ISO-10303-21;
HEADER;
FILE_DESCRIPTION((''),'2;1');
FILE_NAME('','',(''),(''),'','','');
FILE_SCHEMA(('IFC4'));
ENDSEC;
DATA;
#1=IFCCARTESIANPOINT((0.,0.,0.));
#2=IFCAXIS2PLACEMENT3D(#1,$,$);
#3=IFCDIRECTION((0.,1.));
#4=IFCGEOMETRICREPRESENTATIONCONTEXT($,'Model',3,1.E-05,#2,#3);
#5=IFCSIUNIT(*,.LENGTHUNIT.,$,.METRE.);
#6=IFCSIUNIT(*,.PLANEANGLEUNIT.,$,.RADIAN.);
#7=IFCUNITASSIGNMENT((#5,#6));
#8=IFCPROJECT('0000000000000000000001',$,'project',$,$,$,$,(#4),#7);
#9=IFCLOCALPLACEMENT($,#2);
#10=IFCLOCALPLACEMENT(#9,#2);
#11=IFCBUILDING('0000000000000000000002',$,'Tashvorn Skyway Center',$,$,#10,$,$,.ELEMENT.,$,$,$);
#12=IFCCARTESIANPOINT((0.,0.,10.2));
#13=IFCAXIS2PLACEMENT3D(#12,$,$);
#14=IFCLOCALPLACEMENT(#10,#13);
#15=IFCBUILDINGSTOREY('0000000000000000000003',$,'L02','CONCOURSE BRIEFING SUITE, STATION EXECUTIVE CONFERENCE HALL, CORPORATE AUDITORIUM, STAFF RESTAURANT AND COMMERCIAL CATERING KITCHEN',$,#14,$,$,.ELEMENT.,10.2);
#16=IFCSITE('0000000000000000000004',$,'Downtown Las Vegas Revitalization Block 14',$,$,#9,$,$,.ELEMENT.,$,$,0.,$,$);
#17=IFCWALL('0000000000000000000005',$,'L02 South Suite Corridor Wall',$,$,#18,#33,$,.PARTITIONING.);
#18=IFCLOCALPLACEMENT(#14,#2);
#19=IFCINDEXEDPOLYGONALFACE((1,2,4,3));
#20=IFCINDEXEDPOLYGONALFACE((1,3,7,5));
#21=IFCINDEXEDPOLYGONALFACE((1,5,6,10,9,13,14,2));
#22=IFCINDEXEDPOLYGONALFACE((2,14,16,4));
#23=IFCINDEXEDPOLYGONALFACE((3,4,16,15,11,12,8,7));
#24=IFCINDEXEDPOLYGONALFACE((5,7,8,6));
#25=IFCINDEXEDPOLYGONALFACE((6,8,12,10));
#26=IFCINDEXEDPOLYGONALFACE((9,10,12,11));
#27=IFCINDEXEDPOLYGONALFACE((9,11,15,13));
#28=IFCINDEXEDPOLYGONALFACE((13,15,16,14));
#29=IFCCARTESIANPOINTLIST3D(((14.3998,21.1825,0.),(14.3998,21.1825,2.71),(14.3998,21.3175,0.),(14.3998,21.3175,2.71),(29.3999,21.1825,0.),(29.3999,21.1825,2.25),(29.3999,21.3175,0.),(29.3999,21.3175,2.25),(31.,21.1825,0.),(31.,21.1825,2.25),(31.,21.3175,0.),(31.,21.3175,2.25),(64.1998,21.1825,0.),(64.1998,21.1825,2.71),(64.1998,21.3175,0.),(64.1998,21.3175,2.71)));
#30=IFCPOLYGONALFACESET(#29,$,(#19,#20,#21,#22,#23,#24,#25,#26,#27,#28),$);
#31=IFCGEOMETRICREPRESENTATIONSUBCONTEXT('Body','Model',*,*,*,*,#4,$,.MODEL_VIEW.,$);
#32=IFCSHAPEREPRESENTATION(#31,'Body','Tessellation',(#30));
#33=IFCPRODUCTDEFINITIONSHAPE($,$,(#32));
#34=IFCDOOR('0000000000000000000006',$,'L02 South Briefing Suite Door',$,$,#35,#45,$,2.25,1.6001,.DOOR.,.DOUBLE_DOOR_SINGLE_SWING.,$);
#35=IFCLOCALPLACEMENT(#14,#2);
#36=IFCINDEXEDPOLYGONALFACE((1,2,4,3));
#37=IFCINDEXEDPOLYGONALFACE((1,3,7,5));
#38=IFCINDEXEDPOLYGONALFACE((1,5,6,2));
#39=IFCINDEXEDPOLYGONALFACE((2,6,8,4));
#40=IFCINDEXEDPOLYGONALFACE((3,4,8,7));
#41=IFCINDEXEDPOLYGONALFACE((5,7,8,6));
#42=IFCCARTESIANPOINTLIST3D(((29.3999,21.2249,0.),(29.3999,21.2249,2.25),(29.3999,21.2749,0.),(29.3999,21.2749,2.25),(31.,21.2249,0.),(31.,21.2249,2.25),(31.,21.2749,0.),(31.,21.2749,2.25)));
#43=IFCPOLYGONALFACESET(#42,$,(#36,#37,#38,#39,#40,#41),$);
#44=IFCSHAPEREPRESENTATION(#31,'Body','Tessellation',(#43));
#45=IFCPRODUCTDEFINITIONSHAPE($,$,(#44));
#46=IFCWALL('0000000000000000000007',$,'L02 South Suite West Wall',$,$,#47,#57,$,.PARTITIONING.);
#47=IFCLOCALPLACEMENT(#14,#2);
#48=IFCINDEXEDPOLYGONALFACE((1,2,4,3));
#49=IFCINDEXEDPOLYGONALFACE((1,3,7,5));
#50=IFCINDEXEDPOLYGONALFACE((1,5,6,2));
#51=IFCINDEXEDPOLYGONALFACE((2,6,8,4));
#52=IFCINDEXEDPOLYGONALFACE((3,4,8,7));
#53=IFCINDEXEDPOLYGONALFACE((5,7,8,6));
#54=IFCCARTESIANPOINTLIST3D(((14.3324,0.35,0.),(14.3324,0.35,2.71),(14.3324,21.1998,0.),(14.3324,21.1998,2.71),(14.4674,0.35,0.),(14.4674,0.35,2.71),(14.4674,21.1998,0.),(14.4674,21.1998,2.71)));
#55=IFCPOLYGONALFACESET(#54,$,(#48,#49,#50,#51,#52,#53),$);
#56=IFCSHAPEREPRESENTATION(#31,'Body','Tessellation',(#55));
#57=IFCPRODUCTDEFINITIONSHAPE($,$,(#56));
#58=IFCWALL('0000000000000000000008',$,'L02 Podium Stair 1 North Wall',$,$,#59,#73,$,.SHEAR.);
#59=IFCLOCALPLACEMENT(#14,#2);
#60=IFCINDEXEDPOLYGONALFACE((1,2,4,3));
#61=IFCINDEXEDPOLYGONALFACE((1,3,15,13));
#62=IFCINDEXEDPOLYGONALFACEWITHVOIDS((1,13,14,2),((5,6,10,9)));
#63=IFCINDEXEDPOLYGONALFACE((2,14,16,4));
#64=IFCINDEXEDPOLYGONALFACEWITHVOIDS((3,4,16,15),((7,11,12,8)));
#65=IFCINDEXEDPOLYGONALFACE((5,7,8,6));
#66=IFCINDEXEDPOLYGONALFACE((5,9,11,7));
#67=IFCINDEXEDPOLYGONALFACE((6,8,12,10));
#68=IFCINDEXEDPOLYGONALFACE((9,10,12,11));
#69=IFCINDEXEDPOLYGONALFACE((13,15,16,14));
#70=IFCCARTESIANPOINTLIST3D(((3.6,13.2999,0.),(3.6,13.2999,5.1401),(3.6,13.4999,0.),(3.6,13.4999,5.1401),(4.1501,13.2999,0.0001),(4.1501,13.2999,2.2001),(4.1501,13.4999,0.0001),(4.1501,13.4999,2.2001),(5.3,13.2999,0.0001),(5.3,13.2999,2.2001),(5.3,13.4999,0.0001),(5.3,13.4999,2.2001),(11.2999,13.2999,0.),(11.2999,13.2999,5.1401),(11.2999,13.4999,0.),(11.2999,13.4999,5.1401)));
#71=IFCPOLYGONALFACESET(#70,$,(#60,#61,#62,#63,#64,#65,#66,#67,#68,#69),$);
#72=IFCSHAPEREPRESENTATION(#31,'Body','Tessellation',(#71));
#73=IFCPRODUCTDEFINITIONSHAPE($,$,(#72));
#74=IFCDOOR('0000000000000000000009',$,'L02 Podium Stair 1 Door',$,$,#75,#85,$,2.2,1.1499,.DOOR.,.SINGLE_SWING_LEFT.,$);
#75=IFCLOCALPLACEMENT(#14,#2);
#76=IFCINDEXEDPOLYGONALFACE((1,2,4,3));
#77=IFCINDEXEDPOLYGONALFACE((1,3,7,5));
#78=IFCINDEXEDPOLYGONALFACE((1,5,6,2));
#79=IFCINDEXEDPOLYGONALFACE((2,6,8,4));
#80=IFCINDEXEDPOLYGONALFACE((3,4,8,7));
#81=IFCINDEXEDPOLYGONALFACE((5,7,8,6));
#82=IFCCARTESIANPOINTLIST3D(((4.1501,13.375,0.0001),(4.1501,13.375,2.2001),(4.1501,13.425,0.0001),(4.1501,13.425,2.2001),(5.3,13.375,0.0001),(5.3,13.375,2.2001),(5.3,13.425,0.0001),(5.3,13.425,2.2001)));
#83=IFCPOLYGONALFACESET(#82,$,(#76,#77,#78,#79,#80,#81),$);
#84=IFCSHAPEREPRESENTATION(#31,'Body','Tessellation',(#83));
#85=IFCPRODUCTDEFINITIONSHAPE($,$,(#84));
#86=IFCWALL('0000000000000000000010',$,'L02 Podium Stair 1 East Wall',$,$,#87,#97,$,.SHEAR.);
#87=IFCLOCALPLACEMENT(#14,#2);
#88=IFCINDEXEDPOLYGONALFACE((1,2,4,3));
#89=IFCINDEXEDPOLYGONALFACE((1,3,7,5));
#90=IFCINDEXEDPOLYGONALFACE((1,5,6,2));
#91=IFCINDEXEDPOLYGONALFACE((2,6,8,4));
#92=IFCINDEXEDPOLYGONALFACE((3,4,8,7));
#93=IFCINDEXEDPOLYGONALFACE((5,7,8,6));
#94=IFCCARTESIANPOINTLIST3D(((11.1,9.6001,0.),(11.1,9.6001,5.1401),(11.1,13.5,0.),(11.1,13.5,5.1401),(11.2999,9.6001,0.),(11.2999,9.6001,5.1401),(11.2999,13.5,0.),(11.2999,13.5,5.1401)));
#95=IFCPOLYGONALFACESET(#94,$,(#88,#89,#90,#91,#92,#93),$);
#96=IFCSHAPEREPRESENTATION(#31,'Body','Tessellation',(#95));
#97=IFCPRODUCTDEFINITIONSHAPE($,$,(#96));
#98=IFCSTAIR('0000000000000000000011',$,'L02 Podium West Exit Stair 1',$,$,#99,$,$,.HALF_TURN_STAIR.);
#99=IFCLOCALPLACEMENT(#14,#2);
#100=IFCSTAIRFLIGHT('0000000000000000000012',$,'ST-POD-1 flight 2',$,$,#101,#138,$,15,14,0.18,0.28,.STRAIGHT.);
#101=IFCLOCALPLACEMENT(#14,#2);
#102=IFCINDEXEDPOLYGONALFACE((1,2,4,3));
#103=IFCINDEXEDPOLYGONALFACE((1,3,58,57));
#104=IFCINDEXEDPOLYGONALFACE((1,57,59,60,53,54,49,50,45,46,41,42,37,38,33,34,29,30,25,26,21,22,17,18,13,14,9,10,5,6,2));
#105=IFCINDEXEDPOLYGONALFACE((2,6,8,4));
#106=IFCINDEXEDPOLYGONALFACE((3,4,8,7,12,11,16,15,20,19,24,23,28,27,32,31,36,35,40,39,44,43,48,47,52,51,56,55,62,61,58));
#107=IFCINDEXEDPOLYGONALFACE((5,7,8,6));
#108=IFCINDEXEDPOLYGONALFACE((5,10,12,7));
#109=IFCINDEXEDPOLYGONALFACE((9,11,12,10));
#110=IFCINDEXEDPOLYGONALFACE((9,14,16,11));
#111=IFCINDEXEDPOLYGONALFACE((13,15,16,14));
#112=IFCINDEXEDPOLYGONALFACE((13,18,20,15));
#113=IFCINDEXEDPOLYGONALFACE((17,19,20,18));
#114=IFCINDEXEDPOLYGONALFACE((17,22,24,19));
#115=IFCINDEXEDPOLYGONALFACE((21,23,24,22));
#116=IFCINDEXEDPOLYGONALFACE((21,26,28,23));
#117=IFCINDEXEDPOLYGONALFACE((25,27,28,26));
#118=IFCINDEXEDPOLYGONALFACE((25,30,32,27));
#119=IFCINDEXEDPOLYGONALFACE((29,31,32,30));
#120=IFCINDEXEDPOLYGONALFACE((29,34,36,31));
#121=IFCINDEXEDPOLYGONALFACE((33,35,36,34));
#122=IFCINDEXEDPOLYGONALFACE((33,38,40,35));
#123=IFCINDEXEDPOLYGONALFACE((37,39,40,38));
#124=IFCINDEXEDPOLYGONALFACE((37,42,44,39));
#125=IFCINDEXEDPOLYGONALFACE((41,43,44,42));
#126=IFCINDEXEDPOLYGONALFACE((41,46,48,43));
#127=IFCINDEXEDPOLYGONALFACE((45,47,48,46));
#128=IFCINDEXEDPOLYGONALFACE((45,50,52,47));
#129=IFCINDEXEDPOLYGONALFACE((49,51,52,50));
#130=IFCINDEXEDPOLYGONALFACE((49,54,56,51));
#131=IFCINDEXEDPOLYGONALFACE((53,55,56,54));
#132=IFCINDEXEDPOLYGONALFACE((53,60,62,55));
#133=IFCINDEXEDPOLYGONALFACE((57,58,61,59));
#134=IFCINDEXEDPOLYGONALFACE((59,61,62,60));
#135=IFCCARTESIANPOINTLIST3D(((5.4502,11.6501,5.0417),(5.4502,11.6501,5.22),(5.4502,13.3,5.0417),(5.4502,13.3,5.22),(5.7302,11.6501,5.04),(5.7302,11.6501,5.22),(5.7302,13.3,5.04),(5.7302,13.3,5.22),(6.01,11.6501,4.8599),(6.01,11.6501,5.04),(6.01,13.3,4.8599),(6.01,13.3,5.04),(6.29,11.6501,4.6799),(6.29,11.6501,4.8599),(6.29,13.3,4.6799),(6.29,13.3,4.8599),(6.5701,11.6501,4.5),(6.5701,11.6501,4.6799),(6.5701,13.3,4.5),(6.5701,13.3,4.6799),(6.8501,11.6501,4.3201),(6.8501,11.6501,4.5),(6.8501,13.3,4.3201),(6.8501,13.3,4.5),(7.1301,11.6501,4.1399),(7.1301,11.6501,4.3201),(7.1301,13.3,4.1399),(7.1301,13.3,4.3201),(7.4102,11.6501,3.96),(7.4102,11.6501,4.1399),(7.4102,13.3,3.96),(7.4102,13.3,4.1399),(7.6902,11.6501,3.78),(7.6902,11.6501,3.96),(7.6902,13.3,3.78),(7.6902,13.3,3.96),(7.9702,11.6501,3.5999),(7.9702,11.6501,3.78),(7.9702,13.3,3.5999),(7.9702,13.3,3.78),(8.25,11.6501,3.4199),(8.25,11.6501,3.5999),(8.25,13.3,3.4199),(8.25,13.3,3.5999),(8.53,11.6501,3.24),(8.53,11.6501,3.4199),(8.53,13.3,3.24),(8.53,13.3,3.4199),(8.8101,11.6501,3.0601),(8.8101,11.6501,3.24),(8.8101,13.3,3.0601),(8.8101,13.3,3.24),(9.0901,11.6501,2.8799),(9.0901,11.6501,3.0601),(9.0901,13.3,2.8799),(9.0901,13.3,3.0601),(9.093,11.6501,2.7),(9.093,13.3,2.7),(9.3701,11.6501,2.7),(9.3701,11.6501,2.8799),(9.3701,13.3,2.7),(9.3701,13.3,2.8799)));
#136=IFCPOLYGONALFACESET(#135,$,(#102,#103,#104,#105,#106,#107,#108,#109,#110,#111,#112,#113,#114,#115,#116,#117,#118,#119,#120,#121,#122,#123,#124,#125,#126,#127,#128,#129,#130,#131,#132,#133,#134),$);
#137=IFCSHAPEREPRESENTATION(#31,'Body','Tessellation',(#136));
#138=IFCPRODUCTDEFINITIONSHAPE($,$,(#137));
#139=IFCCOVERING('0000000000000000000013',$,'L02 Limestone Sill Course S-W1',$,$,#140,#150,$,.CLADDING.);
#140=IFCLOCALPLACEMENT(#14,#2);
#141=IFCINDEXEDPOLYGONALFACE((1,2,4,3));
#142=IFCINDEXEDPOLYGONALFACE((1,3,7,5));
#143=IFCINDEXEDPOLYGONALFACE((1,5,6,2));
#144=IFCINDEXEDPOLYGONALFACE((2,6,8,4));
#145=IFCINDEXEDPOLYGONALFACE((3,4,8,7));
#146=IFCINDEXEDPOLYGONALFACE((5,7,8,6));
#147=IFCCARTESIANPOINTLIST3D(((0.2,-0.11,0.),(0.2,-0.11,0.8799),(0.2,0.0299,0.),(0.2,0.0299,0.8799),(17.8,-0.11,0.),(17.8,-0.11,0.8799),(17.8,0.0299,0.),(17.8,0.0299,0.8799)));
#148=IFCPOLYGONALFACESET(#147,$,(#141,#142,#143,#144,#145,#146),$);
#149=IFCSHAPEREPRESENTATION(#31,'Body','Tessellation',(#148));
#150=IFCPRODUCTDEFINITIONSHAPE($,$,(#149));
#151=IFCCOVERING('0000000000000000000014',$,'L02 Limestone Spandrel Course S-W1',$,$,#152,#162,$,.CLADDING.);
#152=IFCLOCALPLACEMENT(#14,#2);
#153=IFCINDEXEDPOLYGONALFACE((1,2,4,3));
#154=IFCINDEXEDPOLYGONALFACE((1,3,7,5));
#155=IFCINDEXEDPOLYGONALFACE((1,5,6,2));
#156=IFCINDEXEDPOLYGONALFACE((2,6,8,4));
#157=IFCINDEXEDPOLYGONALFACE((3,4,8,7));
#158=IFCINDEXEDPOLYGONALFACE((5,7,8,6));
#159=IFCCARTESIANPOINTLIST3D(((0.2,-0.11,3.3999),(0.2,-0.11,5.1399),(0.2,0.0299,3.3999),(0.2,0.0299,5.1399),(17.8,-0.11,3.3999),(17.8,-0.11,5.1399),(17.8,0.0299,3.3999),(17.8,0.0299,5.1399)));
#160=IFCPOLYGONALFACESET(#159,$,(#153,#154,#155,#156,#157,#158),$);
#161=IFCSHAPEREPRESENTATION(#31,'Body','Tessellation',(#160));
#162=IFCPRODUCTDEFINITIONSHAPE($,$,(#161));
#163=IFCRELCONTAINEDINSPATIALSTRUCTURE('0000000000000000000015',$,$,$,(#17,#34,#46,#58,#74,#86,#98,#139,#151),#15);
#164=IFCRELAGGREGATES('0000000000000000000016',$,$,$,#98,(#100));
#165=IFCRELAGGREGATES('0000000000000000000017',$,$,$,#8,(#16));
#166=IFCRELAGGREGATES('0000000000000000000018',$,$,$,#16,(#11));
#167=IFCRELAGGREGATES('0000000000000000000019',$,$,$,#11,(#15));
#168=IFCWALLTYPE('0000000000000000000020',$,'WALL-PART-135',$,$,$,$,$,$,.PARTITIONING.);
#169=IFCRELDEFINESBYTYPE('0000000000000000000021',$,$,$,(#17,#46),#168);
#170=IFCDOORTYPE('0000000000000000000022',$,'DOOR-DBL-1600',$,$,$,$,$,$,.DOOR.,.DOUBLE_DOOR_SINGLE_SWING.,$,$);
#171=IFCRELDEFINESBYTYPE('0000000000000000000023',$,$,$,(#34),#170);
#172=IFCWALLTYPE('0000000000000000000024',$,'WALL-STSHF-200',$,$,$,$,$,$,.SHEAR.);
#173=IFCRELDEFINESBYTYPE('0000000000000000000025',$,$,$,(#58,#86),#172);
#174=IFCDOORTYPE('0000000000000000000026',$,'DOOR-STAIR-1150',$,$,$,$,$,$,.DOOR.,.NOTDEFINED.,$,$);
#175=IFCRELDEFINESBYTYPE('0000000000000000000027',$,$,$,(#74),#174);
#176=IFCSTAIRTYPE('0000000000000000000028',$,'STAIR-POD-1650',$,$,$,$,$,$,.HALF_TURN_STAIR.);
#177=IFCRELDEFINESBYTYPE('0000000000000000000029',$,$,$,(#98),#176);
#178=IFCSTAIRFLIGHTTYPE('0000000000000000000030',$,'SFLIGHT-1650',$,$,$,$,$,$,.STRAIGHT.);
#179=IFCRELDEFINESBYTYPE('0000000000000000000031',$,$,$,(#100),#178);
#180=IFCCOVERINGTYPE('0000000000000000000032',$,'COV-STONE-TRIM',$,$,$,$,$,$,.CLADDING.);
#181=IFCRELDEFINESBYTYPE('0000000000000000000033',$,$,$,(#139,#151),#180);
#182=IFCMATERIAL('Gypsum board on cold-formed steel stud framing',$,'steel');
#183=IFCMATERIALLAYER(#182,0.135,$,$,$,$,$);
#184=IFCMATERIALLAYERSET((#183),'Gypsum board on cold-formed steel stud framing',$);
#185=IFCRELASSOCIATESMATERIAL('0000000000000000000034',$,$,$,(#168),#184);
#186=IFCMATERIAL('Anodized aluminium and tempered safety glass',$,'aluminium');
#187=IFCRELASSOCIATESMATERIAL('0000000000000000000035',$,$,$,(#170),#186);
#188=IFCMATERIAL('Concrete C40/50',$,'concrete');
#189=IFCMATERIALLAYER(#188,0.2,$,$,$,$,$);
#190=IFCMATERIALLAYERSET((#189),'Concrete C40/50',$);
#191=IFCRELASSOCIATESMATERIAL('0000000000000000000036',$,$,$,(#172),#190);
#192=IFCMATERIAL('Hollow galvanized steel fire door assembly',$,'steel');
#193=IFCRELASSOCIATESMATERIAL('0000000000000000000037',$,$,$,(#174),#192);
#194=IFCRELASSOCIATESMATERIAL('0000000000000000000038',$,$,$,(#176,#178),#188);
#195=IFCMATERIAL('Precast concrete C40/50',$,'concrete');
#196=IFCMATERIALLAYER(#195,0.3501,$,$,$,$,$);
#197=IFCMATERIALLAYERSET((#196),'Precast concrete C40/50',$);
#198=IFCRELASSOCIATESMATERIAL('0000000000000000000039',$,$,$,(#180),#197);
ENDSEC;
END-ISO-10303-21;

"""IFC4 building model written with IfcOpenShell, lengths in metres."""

from ifc_helpers import new_model, si_unit, direction, frame, frame_2d, origin, origin_2d, place, context, subcontext, project, spatial, polyline, rectangle, outline, extrude, material, layer, layer_set, type_object, element, fill, aggregate, save


model = new_model("IFC4")

# Units and contexts
model_context = context("Model", 3, precision=1e-05, world=origin(), true_north=direction((0.0, 1.0)))
body_context = subcontext(model_context, "Body", "Model", "MODEL_VIEW")
ifc_project = project(units=[si_unit("LENGTHUNIT", "METRE"), si_unit("PLANEANGLEUNIT", "RADIAN")], contexts=[model_context])

# Site, building, storey
site_placement = place(None, origin())
site = spatial("IfcSite", under=ifc_project, at=site_placement, Name="Downtown Las Vegas Revitalization Block 14", CompositionType="ELEMENT", RefElevation=0.0)
building_placement = place(site_placement, origin())
building = spatial("IfcBuilding", under=site, at=building_placement, Name="Tashvorn Skyway Center", CompositionType="ELEMENT")
storey_placement = place(building_placement, frame((0.0, 0.0, 10.2)))
storey = spatial("IfcBuildingStorey", under=building, at=storey_placement, Name="L02", Description="CONCOURSE BRIEFING SUITE, STATION EXECUTIVE CONFERENCE HALL, CORPORATE AUDITORIUM, STAFF RESTAURANT AND COMMERCIAL CATERING KITCHEN", CompositionType="ELEMENT", Elevation=10.2)

# Shared definitions
ifc_material_1 = material(Name="Precast concrete C40/50", Category="concrete")

# Wall, opening, door
ifc_material_2 = material(Name="Gypsum board on cold-formed steel stud framing", Category="steel")
ifc_layer_1 = layer(ifc_material_2, 0.135)
ifc_layer_set_1 = layer_set([ifc_layer_1], Name="Gypsum board on cold-formed steel stud framing")
wall_type_1 = type_object("IfcWallType", Name="WALL-PART-135", PredefinedType="PARTITIONING", material=ifc_layer_set_1)
wall_1_placement = place(storey_placement, frame((14.3999, 21.25, 0.0), z_axis=(0.0, 0.0, 1.0), x_axis=(1.0, 0.0, 0.0)))
wall_1 = element("IfcWall", 1, at=wall_1_placement, inside=storey, type_object=wall_type_1, Name="L02 South Suite Corridor Wall", PredefinedType="PARTITIONING", context=body_context, shape_type="SweptSolid", body=[
    extrude(rectangle(XDim=49.8, YDim=0.135, at=frame_2d((24.8999, 0.0))), origin(), (0.0, 0.0, 1.0), 2.71),
])
opening_1_placement = place(wall_1_placement, frame((15.0, 0.0, 0.0)))
opening_1 = element("IfcOpeningElement", 2, at=opening_1_placement, cuts=wall_1, PredefinedType="OPENING", context=body_context, shape_type="SweptSolid", body=[
    extrude(rectangle(XDim=1.6001, YDim=2.25, at=frame_2d((0.8, 1.125))), frame((0.0, 0.0774, 0.0), z_axis=(0.0, -1.0, 0.0), x_axis=(1.0, 0.0, 0.0)), (0.0, 0.0, 1.0), 0.155),
])
ifc_material_3 = material(Name="Anodized aluminium and tempered safety glass", Category="aluminium")
door_type_1 = type_object("IfcDoorType", Name="DOOR-DBL-1600", OperationType="DOUBLE_DOOR_SINGLE_SWING", PredefinedType="DOOR", material=ifc_material_3)
door_1_placement = place(opening_1_placement, origin())
door_1 = element("IfcDoor", 3, at=door_1_placement, inside=storey, type_object=door_type_1, Name="L02 South Briefing Suite Door", OperationType="DOUBLE_DOOR_SINGLE_SWING", OverallHeight=2.25, OverallWidth=1.6001, PredefinedType="DOOR", context=body_context, shape_type="SweptSolid", body=[
    extrude(rectangle(XDim=1.6001, YDim=2.25, at=frame_2d((0.8, 1.125))), frame((0.0, 0.0249, 0.0), z_axis=(0.0, -1.0, 0.0), x_axis=(1.0, 0.0, 0.0)), (0.0, 0.0, 1.0), 0.05),
])
fill(opening_1, door_1)

# Wall
wall_2_placement = place(storey_placement, frame((14.3999, 0.3501, 0.0), z_axis=(0.0, 0.0, 1.0), x_axis=(0.0, 1.0, 0.0)))
element("IfcWall", 4, at=wall_2_placement, inside=storey, type_object=wall_type_1, Name="L02 South Suite West Wall", PredefinedType="PARTITIONING", context=body_context, shape_type="SweptSolid", body=[
    extrude(rectangle(XDim=20.8499, YDim=0.135, at=frame_2d((10.4248, 0.0))), origin(), (0.0, 0.0, 1.0), 2.71),
])

# Wall, opening, door
ifc_material_4 = material(Name="Concrete C40/50", Category="concrete")
ifc_layer_2 = layer(ifc_material_4, 0.2)
ifc_layer_set_2 = layer_set([ifc_layer_2], Name="Concrete C40/50")
wall_type_2 = type_object("IfcWallType", Name="WALL-STSHF-200", PredefinedType="SHEAR", material=ifc_layer_set_2)
wall_3_placement = place(storey_placement, frame((11.3, 13.3999, 0.0), z_axis=(0.0, 0.0, 1.0), x_axis=(-1.0, 0.0, 0.0)))
wall_3 = element("IfcWall", 5, at=wall_3_placement, inside=storey, type_object=wall_type_2, Name="L02 Podium Stair 1 North Wall", PredefinedType="SHEAR", context=body_context, shape_type="SweptSolid", body=[
    extrude(rectangle(XDim=7.7, YDim=0.2, at=frame_2d((3.8501, 0.0))), origin(), (0.0, 0.0, 1.0), 5.1401),
])
opening_2_placement = place(wall_3_placement, frame((6.0, 0.0, 0.0)))
opening_2 = element("IfcOpeningElement", 6, at=opening_2_placement, cuts=wall_3, PredefinedType="OPENING", context=body_context, shape_type="SweptSolid", body=[
    extrude(rectangle(XDim=1.1499, YDim=2.2, at=frame_2d((0.575, 1.1001))), frame((0.0, 0.1099, 0.0), z_axis=(0.0, -1.0, 0.0), x_axis=(1.0, 0.0, 0.0)), (0.0, 0.0, 1.0), 0.22),
])
ifc_material_5 = material(Name="Hollow galvanized steel fire door assembly", Category="steel")
door_type_2 = type_object("IfcDoorType", Name="DOOR-STAIR-1150", OperationType="NOTDEFINED", PredefinedType="DOOR", material=ifc_material_5)
door_2_placement = place(opening_2_placement, origin())
door_2 = element("IfcDoor", 7, at=door_2_placement, inside=storey, type_object=door_type_2, Name="L02 Podium Stair 1 Door", OperationType="SINGLE_SWING_LEFT", OverallHeight=2.2, OverallWidth=1.1499, PredefinedType="DOOR", context=body_context, shape_type="SweptSolid", body=[
    extrude(rectangle(XDim=1.1499, YDim=2.2, at=frame_2d((0.575, 1.1001))), frame((0.0, 0.0249, 0.0), z_axis=(0.0, -1.0, 0.0), x_axis=(1.0, 0.0, 0.0)), (0.0, 0.0, 1.0), 0.05),
])
fill(opening_2, door_2)

# Wall
wall_4_placement = place(storey_placement, frame((11.2, 9.6001, 0.0), z_axis=(0.0, 0.0, 1.0), x_axis=(0.0, 1.0, 0.0)))
element("IfcWall", 8, at=wall_4_placement, inside=storey, type_object=wall_type_2, Name="L02 Podium Stair 1 East Wall", PredefinedType="SHEAR", context=body_context, shape_type="SweptSolid", body=[
    extrude(rectangle(XDim=3.8999, YDim=0.2, at=frame_2d((1.95, 0.0))), origin(), (0.0, 0.0, 1.0), 5.1401),
])

# Stair, stair flight
stair_type = type_object("IfcStairType", Name="STAIR-POD-1650", PredefinedType="HALF_TURN_STAIR", material=ifc_material_4)
stair_placement = place(storey_placement, origin())
stair = element("IfcStair", 9, at=stair_placement, inside=storey, type_object=stair_type, Name="L02 Podium West Exit Stair 1", PredefinedType="HALF_TURN_STAIR")
stair_flight_type = type_object("IfcStairFlightType", Name="SFLIGHT-1650", PredefinedType="STRAIGHT", material=ifc_material_4)
stair_flight_placement = place(storey_placement, frame((9.3701, 12.4751, 2.7), z_axis=(0.0, 0.0, 1.0), x_axis=(-1.0, 0.0, 0.0)))
stair_flight = element("IfcStairFlight", 10, at=stair_flight_placement, type_object=stair_flight_type, Name="ST-POD-1 flight 2", NumberOfRisers=15, NumberOfTreads=14, PredefinedType="STRAIGHT", RiserHeight=0.18, TreadLength=0.28, context=body_context, shape_type="SweptSolid", body=[
    extrude(outline(polyline([(0.0, 0.0), (0.0, 0.1799), (0.28, 0.1799), (0.28, 0.3601), (0.5601, 0.3601), (0.5601, 0.54), (0.8401, 0.54), (0.8401, 0.72), (1.1201, 0.72), (1.1201, 0.8999), (1.3999, 0.8999), (1.3999, 1.0801), (1.6799, 1.0801), (1.6799, 1.26), (1.96, 1.26), (1.96, 1.4399), (2.24, 1.4399), (2.24, 1.6201), (2.52, 1.6201), (2.52, 1.8), (2.8, 1.8), (2.8, 1.98), (3.0801, 1.98), (3.0801, 2.1599), (3.3601, 2.1599), (3.3601, 2.3401), (3.6399, 2.3401), (3.6399, 2.52), (3.9199, 2.52), (3.9199, 2.7), (3.9199, 2.3418), (0.2771, 0.0), (0.0, 0.0)])), frame((0.0, 0.825, 0.0), z_axis=(0.0, -1.0, 0.0), x_axis=(1.0, 0.0, 0.0)), (0.0, 0.0, 1.0), 1.6499),
])
aggregate(stair, [stair_flight])

# Coverings
ifc_layer_3 = layer(ifc_material_1, 0.3501)
ifc_layer_set_3 = layer_set([ifc_layer_3], Name="Precast concrete C40/50")
covering_type = type_object("IfcCoveringType", Name="COV-STONE-TRIM", PredefinedType="CLADDING", material=ifc_layer_set_3)
covering_1_placement = place(storey_placement, frame((9.0, -0.04, 0.0), z_axis=(0.0, 0.0, 1.0), x_axis=(1.0, 0.0, 0.0)))
element("IfcCovering", 11, at=covering_1_placement, inside=storey, type_object=covering_type, Name="L02 Limestone Sill Course S-W1", PredefinedType="CLADDING", context=body_context, shape_type="SweptSolid", body=[
    extrude(rectangle(XDim=17.6001, YDim=0.1399, at=origin_2d()), origin(), (0.0, 0.0, 1.0), 0.8799),
])
covering_2_placement = place(storey_placement, frame((9.0, -0.04, 3.3999), z_axis=(0.0, 0.0, 1.0), x_axis=(1.0, 0.0, 0.0)))
element("IfcCovering", 12, at=covering_2_placement, inside=storey, type_object=covering_type, Name="L02 Limestone Spandrel Course S-W1", PredefinedType="CLADDING", context=body_context, shape_type="SweptSolid", body=[
    extrude(rectangle(XDim=17.6001, YDim=0.1399, at=origin_2d()), origin(), (0.0, 0.0, 1.0), 1.74),
])

save(model, "model.ifc")
